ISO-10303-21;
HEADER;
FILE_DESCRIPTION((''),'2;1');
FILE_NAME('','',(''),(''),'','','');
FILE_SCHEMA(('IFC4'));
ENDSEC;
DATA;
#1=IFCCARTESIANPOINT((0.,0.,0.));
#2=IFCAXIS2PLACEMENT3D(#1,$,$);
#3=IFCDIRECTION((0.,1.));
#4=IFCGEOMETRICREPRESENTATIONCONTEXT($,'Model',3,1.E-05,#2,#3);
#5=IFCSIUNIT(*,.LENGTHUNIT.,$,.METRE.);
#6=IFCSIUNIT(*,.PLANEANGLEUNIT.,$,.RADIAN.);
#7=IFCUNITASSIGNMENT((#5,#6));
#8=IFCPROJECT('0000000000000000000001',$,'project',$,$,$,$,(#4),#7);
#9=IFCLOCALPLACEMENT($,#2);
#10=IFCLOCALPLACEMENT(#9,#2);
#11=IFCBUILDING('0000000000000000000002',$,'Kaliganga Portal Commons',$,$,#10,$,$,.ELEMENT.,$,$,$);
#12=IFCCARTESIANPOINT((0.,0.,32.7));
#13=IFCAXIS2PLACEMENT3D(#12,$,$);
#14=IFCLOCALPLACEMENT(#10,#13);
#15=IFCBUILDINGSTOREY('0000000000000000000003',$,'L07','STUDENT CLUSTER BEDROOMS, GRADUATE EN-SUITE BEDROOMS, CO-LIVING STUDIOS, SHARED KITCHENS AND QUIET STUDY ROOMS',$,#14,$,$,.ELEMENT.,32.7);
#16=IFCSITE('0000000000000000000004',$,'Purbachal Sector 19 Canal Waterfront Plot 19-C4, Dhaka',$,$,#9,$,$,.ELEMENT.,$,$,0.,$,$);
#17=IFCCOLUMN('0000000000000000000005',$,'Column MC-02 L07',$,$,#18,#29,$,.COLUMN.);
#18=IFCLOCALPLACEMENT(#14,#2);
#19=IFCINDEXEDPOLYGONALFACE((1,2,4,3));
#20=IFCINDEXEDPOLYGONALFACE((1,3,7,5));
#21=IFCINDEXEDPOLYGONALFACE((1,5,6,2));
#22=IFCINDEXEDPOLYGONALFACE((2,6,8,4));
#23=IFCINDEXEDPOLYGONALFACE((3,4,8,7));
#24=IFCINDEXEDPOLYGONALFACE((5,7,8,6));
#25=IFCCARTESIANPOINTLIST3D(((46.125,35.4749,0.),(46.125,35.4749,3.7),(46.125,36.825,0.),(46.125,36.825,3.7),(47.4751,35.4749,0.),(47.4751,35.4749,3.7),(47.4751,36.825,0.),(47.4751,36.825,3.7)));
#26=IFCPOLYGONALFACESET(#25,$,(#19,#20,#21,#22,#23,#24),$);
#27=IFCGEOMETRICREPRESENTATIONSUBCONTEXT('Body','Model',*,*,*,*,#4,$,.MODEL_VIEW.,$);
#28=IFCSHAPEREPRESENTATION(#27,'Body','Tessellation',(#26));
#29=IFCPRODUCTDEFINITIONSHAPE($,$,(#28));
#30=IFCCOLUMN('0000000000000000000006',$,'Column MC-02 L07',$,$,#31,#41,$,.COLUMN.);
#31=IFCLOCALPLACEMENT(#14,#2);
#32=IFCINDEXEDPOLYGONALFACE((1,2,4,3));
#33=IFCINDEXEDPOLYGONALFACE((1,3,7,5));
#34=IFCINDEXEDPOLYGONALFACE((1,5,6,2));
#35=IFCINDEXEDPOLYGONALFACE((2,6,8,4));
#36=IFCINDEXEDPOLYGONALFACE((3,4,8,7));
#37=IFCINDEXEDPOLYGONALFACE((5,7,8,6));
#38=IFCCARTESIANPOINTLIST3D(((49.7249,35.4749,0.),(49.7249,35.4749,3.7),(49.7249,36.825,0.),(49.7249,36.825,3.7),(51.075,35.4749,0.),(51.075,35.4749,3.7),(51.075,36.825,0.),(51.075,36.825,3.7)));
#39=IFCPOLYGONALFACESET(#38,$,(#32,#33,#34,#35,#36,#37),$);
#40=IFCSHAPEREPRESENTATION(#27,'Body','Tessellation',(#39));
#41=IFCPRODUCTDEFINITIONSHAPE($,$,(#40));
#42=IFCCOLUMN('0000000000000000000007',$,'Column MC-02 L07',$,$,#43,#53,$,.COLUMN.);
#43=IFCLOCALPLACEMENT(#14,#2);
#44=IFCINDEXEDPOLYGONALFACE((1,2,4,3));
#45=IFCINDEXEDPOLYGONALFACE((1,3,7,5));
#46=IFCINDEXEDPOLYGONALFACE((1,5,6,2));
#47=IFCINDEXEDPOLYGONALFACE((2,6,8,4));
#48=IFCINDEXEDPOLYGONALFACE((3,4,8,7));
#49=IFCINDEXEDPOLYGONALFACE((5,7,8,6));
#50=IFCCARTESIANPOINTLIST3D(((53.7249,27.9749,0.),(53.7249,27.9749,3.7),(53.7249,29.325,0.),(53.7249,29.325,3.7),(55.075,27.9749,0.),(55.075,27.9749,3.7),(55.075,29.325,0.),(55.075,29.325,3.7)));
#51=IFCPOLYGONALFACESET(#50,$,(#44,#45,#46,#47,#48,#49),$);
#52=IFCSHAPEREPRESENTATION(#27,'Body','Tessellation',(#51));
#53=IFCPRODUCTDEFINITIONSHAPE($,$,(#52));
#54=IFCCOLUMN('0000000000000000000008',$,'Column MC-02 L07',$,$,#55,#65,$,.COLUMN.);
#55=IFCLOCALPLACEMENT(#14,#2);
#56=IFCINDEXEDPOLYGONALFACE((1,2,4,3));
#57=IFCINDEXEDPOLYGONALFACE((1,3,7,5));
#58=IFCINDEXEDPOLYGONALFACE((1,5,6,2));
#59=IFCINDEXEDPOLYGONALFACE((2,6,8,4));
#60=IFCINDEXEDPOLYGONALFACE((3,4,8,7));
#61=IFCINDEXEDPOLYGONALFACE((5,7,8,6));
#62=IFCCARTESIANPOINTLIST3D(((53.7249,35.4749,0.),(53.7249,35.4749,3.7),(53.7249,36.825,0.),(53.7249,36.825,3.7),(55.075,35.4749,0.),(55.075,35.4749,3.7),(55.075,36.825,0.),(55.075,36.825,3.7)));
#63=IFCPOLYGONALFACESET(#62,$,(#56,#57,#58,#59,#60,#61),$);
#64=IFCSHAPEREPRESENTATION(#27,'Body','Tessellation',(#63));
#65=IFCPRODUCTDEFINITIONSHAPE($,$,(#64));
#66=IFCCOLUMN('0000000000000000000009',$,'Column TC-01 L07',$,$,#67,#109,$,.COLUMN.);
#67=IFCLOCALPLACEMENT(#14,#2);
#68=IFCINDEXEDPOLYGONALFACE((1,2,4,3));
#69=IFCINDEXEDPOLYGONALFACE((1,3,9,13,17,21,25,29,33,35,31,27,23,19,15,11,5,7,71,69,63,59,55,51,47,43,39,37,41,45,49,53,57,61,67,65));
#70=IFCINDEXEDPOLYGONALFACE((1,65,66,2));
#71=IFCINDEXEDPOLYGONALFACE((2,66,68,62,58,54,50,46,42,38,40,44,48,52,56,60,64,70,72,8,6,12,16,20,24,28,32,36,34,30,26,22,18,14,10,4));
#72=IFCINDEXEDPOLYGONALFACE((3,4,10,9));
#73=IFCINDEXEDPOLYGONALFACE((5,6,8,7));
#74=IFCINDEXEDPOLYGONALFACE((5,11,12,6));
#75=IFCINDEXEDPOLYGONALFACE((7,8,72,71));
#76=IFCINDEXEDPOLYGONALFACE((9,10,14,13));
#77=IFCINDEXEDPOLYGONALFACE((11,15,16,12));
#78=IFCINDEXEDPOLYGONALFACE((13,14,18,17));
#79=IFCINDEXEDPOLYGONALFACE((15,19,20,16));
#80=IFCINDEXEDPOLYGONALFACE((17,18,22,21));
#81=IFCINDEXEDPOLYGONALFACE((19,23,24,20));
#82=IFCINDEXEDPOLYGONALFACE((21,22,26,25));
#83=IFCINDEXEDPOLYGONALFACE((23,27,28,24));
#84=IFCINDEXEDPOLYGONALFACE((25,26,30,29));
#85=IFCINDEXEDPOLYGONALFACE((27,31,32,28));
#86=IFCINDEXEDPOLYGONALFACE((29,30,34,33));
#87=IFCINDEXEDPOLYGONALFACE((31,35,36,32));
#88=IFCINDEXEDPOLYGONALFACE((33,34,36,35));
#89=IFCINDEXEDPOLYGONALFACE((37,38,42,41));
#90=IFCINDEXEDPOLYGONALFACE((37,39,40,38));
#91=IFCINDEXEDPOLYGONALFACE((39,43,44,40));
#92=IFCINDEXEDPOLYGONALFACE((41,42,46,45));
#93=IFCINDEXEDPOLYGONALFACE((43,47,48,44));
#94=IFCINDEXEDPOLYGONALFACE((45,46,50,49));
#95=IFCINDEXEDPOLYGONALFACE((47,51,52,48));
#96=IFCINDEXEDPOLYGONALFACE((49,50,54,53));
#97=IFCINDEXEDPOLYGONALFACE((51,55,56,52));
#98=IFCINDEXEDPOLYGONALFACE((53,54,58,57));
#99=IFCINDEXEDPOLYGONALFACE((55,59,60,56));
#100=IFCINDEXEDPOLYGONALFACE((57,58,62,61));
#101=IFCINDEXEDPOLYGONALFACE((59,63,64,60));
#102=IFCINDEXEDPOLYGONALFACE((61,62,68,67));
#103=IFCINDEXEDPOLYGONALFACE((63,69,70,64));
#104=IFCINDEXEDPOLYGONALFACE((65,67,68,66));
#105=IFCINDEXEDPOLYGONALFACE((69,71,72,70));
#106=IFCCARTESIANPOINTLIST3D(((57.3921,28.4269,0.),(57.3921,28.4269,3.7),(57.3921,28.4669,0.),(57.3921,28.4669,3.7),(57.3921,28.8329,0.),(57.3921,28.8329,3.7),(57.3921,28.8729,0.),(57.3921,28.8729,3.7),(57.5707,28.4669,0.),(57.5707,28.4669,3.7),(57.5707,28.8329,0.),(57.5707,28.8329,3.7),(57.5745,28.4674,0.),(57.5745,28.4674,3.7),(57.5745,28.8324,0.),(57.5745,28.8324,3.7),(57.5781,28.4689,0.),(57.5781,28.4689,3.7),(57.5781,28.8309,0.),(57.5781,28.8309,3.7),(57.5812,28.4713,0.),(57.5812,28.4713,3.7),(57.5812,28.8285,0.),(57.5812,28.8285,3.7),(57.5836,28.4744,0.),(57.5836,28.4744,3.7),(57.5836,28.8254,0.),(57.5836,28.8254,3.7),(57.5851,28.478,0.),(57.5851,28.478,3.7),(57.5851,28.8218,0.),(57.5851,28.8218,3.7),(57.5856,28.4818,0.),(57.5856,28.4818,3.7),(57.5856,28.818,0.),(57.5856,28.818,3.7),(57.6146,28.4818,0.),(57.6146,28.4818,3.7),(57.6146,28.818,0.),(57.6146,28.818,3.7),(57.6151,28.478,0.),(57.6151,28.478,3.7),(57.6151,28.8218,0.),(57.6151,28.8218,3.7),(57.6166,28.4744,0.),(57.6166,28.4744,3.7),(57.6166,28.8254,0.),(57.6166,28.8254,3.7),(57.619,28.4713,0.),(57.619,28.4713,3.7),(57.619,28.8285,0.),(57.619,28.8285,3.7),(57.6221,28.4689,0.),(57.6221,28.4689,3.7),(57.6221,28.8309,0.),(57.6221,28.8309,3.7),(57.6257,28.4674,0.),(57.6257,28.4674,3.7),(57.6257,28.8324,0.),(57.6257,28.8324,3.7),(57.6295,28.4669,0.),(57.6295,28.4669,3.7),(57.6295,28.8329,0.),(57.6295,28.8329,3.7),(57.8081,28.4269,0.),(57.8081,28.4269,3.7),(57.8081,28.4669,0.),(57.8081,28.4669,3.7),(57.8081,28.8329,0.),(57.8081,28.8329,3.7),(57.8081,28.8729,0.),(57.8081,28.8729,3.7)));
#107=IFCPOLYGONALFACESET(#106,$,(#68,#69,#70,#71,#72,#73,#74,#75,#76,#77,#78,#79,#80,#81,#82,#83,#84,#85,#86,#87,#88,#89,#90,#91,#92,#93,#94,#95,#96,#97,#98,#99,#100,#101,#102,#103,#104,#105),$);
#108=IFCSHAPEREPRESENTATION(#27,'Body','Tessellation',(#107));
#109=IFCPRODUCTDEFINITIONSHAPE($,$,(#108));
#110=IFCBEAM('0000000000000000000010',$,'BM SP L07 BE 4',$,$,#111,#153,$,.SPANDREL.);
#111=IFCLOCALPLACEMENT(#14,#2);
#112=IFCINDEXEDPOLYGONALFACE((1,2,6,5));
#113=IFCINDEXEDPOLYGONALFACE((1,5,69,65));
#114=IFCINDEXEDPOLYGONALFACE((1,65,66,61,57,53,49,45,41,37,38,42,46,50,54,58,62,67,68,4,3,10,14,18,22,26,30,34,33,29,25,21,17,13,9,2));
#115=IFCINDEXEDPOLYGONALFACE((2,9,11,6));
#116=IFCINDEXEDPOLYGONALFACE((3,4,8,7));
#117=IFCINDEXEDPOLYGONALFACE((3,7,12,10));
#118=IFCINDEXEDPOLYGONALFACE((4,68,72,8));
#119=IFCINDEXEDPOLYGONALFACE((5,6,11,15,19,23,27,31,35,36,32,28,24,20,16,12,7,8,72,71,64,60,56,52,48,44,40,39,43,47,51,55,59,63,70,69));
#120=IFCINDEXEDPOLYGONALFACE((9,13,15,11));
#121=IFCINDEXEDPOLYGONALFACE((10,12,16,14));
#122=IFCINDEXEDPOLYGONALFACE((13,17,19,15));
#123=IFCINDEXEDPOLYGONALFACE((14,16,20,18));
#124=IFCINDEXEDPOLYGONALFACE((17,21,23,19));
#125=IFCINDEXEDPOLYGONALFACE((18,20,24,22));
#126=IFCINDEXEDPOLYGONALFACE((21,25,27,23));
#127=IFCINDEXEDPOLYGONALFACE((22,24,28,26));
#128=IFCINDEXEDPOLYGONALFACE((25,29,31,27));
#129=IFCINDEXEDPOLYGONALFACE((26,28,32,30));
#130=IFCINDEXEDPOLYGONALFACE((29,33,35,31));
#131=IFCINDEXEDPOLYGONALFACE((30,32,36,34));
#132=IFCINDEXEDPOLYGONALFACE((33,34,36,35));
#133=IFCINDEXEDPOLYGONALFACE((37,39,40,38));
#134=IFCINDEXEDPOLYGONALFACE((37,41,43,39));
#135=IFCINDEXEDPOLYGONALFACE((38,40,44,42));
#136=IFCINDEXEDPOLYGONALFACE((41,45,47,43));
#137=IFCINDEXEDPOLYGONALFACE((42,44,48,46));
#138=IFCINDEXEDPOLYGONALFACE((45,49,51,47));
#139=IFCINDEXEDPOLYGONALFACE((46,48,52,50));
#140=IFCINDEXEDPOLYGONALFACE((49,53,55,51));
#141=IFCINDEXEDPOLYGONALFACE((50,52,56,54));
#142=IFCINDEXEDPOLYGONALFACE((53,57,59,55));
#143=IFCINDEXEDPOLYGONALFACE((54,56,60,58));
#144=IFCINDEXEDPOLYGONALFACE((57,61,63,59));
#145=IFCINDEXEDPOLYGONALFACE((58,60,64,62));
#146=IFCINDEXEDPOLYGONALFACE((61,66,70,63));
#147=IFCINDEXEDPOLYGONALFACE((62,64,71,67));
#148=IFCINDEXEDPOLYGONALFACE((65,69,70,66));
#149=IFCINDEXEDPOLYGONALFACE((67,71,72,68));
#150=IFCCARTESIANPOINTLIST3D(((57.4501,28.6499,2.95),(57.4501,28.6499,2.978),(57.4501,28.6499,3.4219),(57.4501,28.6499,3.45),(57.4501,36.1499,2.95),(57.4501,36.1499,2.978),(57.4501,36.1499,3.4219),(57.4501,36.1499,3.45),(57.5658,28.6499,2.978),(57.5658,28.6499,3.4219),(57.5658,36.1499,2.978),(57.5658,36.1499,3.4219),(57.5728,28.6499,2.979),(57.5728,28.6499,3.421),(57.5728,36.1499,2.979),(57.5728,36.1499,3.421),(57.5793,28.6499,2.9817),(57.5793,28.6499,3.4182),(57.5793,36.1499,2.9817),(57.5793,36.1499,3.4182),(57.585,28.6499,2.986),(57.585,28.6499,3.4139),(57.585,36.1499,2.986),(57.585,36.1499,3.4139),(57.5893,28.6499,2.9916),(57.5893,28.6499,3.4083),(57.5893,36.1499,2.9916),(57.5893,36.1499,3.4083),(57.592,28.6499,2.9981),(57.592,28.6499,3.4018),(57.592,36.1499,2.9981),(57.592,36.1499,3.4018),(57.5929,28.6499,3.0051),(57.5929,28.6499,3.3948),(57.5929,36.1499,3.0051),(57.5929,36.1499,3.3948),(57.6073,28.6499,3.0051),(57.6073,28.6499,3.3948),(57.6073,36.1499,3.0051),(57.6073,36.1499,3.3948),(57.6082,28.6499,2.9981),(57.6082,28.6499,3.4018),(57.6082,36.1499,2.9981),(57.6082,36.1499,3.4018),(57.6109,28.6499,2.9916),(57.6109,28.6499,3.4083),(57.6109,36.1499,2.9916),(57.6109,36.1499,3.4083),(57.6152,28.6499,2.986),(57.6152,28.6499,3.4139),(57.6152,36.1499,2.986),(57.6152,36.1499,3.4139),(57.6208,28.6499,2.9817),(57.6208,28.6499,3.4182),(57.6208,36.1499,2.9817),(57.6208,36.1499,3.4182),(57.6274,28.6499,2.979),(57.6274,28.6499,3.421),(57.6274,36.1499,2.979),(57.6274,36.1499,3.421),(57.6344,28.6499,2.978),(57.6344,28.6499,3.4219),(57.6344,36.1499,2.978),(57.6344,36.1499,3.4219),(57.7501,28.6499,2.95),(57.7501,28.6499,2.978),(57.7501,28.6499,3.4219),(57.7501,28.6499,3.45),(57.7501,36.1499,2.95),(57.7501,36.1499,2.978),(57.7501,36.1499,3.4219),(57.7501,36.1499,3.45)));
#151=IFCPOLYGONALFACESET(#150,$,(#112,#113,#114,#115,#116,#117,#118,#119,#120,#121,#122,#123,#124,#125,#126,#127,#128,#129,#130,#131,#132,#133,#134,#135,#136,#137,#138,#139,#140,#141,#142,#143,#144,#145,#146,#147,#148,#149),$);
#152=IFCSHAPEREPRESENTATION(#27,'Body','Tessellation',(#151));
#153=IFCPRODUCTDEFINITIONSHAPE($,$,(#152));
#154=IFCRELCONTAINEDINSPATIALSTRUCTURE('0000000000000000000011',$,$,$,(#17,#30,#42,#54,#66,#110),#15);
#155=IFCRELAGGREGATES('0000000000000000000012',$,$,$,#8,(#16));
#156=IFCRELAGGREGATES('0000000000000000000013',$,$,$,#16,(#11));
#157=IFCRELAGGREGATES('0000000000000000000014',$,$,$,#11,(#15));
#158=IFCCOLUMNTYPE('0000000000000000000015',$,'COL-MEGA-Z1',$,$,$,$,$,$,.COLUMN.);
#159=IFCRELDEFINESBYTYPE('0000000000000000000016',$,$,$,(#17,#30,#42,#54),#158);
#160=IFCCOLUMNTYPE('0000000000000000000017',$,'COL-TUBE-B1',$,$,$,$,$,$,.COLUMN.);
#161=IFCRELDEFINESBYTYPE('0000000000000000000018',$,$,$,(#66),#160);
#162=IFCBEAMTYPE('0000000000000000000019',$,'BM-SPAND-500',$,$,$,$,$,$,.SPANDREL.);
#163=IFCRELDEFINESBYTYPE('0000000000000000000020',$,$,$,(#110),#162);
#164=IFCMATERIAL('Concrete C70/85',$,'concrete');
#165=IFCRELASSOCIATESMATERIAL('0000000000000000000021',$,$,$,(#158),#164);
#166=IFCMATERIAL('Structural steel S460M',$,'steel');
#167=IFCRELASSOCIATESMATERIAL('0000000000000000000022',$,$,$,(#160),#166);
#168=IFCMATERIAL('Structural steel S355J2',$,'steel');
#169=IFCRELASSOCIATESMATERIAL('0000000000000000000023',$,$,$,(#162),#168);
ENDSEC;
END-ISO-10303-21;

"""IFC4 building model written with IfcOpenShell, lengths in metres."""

from ifc_helpers import new_model, si_unit, direction, frame, origin, origin_2d, place, context, subcontext, project, spatial, rectangle, i_section, extrude, source, transform, mapped, material, material_profile, profile_set, type_object, element, save


model = new_model("IFC4")

# Units and contexts
model_context = context("Model", 3, precision=1e-05, world=origin(), true_north=direction((0.0, 1.0)))
body_context = subcontext(model_context, "Body", "Model", "MODEL_VIEW")
ifc_project = project(units=[si_unit("LENGTHUNIT", "METRE"), si_unit("PLANEANGLEUNIT", "RADIAN")], contexts=[model_context])

# Site, building, storey
site_placement = place(None, origin())
site = spatial("IfcSite", under=ifc_project, at=site_placement, Name="Purbachal Sector 19 Canal Waterfront Plot 19-C4, Dhaka", CompositionType="ELEMENT", RefElevation=0.0)
building_placement = place(site_placement, origin())
building = spatial("IfcBuilding", under=site, at=building_placement, Name="Kaliganga Portal Commons", CompositionType="ELEMENT")
storey_placement = place(building_placement, frame((0.0, 0.0, 32.7)))
storey = spatial("IfcBuildingStorey", under=building, at=storey_placement, Name="L07", Description="STUDENT CLUSTER BEDROOMS, GRADUATE EN-SUITE BEDROOMS, CO-LIVING STUDIOS, SHARED KITCHENS AND QUIET STUDY ROOMS", CompositionType="ELEMENT", Elevation=32.7)

# Columns
ifc_material_1 = material(Name="Concrete C70/85", Category="concrete")
ifc_material_profile_1 = material_profile(ifc_material_1, rectangle(XDim=1.3501, YDim=1.3501, at=origin_2d()), Name="RC 1350x1350")
ifc_profile_set_1 = profile_set([ifc_material_profile_1], Name="Concrete C70/85")
column_type_1 = type_object("IfcColumnType", Name="COL-MEGA-Z1", PredefinedType="COLUMN", material=ifc_profile_set_1)
shared_shape_1 = source(origin(), body_context, "Body", "SweptSolid", [
    extrude(rectangle(XDim=1.3501, YDim=1.3501, at=origin_2d()), origin(), (0.0, 0.0, 1.0), 3.7),
])
for number, where, z_axis, x_axis, name in (
    (1, (46.8, 36.1499, 0.0), (0.0, 0.0, 1.0), (1.0, 0.0, 0.0), "Column MC-02 L07"),
    (2, (50.3999, 36.1499, 0.0), (0.0, 0.0, 1.0), (1.0, 0.0, 0.0), "Column MC-02 L07"),
    (3, (54.3999, 28.6499, 0.0), (0.0, 0.0, 1.0), (1.0, 0.0, 0.0), "Column MC-02 L07"),
    (4, (54.3999, 36.1499, 0.0), (0.0, 0.0, 1.0), (1.0, 0.0, 0.0), "Column MC-02 L07"),
):
    element("IfcColumn", number, at=place(storey_placement, frame(where, z_axis=z_axis, x_axis=x_axis)), inside=storey, type_object=column_type_1, Name=name, PredefinedType="COLUMN", context=body_context, shape_type="MappedRepresentation", body=[
        mapped(shared_shape_1, transform((0.0, 0.0, 0.0), x_axis=(1.0, 0.0, 0.0), y_axis=(0.0, 1.0, 0.0), z_axis=(0.0, 0.0, 1.0), scale=1.0)),
    ])
ifc_material_2 = material(Name="Structural steel S460M", Category="steel")
ifc_material_profile_2 = material_profile(ifc_material_2, i_section(OverallWidth=0.416, OverallDepth=0.446, WebThickness=0.0291, FlangeThickness=0.04, FilletRadius=0.0149, at=origin_2d()), Name="HD 400x509")
ifc_profile_set_2 = profile_set([ifc_material_profile_2], Name="Structural steel S460M wide-flange")
column_type_2 = type_object("IfcColumnType", Name="COL-TUBE-B1", PredefinedType="COLUMN", material=ifc_profile_set_2)
shared_shape_2 = source(origin(), body_context, "Body", "SweptSolid", [
    extrude(i_section(OverallWidth=0.416, OverallDepth=0.446, WebThickness=0.0291, FlangeThickness=0.04, FilletRadius=0.0149, at=origin_2d()), origin(), (0.0, 0.0, 1.0), 3.7),
])
column_placement = place(storey_placement, frame((57.6001, 28.6499, 0.0), z_axis=(0.0, 0.0, 1.0), x_axis=(1.0, 0.0, 0.0)))
element("IfcColumn", 5, at=column_placement, inside=storey, type_object=column_type_2, Name="Column TC-01 L07", PredefinedType="COLUMN", context=body_context, shape_type="MappedRepresentation", body=[
    mapped(shared_shape_2, transform((0.0, 0.0, 0.0), x_axis=(1.0, 0.0, 0.0), y_axis=(0.0, 1.0, 0.0), z_axis=(0.0, 0.0, 1.0), scale=1.0)),
])

# Beam
ifc_material_3 = material(Name="Structural steel S355J2", Category="steel")
ifc_material_profile_3 = material_profile(ifc_material_3, i_section(OverallWidth=0.3, OverallDepth=0.5, WebThickness=0.0144, FlangeThickness=0.0281, FilletRadius=0.0271, at=origin_2d()), Name="HE 500 B")
ifc_profile_set_3 = profile_set([ifc_material_profile_3], Name="Structural steel S355J2 wide-flange")
beam_type_1 = type_object("IfcBeamType", Name="BM-SPAND-500", PredefinedType="SPANDREL", material=ifc_profile_set_3)
shared_shape_3 = source(origin(), body_context, "Body", "SweptSolid", [
    extrude(i_section(OverallWidth=0.3, OverallDepth=0.5, WebThickness=0.0144, FlangeThickness=0.0281, FilletRadius=0.0271, at=origin_2d()), origin(), (0.0, 0.0, 1.0), 7.5),
])
beam_1_placement = place(storey_placement, frame((57.6001, 28.6499, 3.2), z_axis=(0.0, 1.0, 0.0), x_axis=(-1.0, 0.0, 0.0)))
element("IfcBeam", 6, at=beam_1_placement, inside=storey, type_object=beam_type_1, Name="BM SP L07 BE 4", PredefinedType="SPANDREL", context=body_context, shape_type="MappedRepresentation", body=[
    mapped(shared_shape_3, transform((0.0, 0.0, 0.0), x_axis=(1.0, 0.0, 0.0), y_axis=(0.0, 1.0, 0.0), z_axis=(0.0, 0.0, 1.0), scale=1.0)),
])

save(model, "model.ifc")
